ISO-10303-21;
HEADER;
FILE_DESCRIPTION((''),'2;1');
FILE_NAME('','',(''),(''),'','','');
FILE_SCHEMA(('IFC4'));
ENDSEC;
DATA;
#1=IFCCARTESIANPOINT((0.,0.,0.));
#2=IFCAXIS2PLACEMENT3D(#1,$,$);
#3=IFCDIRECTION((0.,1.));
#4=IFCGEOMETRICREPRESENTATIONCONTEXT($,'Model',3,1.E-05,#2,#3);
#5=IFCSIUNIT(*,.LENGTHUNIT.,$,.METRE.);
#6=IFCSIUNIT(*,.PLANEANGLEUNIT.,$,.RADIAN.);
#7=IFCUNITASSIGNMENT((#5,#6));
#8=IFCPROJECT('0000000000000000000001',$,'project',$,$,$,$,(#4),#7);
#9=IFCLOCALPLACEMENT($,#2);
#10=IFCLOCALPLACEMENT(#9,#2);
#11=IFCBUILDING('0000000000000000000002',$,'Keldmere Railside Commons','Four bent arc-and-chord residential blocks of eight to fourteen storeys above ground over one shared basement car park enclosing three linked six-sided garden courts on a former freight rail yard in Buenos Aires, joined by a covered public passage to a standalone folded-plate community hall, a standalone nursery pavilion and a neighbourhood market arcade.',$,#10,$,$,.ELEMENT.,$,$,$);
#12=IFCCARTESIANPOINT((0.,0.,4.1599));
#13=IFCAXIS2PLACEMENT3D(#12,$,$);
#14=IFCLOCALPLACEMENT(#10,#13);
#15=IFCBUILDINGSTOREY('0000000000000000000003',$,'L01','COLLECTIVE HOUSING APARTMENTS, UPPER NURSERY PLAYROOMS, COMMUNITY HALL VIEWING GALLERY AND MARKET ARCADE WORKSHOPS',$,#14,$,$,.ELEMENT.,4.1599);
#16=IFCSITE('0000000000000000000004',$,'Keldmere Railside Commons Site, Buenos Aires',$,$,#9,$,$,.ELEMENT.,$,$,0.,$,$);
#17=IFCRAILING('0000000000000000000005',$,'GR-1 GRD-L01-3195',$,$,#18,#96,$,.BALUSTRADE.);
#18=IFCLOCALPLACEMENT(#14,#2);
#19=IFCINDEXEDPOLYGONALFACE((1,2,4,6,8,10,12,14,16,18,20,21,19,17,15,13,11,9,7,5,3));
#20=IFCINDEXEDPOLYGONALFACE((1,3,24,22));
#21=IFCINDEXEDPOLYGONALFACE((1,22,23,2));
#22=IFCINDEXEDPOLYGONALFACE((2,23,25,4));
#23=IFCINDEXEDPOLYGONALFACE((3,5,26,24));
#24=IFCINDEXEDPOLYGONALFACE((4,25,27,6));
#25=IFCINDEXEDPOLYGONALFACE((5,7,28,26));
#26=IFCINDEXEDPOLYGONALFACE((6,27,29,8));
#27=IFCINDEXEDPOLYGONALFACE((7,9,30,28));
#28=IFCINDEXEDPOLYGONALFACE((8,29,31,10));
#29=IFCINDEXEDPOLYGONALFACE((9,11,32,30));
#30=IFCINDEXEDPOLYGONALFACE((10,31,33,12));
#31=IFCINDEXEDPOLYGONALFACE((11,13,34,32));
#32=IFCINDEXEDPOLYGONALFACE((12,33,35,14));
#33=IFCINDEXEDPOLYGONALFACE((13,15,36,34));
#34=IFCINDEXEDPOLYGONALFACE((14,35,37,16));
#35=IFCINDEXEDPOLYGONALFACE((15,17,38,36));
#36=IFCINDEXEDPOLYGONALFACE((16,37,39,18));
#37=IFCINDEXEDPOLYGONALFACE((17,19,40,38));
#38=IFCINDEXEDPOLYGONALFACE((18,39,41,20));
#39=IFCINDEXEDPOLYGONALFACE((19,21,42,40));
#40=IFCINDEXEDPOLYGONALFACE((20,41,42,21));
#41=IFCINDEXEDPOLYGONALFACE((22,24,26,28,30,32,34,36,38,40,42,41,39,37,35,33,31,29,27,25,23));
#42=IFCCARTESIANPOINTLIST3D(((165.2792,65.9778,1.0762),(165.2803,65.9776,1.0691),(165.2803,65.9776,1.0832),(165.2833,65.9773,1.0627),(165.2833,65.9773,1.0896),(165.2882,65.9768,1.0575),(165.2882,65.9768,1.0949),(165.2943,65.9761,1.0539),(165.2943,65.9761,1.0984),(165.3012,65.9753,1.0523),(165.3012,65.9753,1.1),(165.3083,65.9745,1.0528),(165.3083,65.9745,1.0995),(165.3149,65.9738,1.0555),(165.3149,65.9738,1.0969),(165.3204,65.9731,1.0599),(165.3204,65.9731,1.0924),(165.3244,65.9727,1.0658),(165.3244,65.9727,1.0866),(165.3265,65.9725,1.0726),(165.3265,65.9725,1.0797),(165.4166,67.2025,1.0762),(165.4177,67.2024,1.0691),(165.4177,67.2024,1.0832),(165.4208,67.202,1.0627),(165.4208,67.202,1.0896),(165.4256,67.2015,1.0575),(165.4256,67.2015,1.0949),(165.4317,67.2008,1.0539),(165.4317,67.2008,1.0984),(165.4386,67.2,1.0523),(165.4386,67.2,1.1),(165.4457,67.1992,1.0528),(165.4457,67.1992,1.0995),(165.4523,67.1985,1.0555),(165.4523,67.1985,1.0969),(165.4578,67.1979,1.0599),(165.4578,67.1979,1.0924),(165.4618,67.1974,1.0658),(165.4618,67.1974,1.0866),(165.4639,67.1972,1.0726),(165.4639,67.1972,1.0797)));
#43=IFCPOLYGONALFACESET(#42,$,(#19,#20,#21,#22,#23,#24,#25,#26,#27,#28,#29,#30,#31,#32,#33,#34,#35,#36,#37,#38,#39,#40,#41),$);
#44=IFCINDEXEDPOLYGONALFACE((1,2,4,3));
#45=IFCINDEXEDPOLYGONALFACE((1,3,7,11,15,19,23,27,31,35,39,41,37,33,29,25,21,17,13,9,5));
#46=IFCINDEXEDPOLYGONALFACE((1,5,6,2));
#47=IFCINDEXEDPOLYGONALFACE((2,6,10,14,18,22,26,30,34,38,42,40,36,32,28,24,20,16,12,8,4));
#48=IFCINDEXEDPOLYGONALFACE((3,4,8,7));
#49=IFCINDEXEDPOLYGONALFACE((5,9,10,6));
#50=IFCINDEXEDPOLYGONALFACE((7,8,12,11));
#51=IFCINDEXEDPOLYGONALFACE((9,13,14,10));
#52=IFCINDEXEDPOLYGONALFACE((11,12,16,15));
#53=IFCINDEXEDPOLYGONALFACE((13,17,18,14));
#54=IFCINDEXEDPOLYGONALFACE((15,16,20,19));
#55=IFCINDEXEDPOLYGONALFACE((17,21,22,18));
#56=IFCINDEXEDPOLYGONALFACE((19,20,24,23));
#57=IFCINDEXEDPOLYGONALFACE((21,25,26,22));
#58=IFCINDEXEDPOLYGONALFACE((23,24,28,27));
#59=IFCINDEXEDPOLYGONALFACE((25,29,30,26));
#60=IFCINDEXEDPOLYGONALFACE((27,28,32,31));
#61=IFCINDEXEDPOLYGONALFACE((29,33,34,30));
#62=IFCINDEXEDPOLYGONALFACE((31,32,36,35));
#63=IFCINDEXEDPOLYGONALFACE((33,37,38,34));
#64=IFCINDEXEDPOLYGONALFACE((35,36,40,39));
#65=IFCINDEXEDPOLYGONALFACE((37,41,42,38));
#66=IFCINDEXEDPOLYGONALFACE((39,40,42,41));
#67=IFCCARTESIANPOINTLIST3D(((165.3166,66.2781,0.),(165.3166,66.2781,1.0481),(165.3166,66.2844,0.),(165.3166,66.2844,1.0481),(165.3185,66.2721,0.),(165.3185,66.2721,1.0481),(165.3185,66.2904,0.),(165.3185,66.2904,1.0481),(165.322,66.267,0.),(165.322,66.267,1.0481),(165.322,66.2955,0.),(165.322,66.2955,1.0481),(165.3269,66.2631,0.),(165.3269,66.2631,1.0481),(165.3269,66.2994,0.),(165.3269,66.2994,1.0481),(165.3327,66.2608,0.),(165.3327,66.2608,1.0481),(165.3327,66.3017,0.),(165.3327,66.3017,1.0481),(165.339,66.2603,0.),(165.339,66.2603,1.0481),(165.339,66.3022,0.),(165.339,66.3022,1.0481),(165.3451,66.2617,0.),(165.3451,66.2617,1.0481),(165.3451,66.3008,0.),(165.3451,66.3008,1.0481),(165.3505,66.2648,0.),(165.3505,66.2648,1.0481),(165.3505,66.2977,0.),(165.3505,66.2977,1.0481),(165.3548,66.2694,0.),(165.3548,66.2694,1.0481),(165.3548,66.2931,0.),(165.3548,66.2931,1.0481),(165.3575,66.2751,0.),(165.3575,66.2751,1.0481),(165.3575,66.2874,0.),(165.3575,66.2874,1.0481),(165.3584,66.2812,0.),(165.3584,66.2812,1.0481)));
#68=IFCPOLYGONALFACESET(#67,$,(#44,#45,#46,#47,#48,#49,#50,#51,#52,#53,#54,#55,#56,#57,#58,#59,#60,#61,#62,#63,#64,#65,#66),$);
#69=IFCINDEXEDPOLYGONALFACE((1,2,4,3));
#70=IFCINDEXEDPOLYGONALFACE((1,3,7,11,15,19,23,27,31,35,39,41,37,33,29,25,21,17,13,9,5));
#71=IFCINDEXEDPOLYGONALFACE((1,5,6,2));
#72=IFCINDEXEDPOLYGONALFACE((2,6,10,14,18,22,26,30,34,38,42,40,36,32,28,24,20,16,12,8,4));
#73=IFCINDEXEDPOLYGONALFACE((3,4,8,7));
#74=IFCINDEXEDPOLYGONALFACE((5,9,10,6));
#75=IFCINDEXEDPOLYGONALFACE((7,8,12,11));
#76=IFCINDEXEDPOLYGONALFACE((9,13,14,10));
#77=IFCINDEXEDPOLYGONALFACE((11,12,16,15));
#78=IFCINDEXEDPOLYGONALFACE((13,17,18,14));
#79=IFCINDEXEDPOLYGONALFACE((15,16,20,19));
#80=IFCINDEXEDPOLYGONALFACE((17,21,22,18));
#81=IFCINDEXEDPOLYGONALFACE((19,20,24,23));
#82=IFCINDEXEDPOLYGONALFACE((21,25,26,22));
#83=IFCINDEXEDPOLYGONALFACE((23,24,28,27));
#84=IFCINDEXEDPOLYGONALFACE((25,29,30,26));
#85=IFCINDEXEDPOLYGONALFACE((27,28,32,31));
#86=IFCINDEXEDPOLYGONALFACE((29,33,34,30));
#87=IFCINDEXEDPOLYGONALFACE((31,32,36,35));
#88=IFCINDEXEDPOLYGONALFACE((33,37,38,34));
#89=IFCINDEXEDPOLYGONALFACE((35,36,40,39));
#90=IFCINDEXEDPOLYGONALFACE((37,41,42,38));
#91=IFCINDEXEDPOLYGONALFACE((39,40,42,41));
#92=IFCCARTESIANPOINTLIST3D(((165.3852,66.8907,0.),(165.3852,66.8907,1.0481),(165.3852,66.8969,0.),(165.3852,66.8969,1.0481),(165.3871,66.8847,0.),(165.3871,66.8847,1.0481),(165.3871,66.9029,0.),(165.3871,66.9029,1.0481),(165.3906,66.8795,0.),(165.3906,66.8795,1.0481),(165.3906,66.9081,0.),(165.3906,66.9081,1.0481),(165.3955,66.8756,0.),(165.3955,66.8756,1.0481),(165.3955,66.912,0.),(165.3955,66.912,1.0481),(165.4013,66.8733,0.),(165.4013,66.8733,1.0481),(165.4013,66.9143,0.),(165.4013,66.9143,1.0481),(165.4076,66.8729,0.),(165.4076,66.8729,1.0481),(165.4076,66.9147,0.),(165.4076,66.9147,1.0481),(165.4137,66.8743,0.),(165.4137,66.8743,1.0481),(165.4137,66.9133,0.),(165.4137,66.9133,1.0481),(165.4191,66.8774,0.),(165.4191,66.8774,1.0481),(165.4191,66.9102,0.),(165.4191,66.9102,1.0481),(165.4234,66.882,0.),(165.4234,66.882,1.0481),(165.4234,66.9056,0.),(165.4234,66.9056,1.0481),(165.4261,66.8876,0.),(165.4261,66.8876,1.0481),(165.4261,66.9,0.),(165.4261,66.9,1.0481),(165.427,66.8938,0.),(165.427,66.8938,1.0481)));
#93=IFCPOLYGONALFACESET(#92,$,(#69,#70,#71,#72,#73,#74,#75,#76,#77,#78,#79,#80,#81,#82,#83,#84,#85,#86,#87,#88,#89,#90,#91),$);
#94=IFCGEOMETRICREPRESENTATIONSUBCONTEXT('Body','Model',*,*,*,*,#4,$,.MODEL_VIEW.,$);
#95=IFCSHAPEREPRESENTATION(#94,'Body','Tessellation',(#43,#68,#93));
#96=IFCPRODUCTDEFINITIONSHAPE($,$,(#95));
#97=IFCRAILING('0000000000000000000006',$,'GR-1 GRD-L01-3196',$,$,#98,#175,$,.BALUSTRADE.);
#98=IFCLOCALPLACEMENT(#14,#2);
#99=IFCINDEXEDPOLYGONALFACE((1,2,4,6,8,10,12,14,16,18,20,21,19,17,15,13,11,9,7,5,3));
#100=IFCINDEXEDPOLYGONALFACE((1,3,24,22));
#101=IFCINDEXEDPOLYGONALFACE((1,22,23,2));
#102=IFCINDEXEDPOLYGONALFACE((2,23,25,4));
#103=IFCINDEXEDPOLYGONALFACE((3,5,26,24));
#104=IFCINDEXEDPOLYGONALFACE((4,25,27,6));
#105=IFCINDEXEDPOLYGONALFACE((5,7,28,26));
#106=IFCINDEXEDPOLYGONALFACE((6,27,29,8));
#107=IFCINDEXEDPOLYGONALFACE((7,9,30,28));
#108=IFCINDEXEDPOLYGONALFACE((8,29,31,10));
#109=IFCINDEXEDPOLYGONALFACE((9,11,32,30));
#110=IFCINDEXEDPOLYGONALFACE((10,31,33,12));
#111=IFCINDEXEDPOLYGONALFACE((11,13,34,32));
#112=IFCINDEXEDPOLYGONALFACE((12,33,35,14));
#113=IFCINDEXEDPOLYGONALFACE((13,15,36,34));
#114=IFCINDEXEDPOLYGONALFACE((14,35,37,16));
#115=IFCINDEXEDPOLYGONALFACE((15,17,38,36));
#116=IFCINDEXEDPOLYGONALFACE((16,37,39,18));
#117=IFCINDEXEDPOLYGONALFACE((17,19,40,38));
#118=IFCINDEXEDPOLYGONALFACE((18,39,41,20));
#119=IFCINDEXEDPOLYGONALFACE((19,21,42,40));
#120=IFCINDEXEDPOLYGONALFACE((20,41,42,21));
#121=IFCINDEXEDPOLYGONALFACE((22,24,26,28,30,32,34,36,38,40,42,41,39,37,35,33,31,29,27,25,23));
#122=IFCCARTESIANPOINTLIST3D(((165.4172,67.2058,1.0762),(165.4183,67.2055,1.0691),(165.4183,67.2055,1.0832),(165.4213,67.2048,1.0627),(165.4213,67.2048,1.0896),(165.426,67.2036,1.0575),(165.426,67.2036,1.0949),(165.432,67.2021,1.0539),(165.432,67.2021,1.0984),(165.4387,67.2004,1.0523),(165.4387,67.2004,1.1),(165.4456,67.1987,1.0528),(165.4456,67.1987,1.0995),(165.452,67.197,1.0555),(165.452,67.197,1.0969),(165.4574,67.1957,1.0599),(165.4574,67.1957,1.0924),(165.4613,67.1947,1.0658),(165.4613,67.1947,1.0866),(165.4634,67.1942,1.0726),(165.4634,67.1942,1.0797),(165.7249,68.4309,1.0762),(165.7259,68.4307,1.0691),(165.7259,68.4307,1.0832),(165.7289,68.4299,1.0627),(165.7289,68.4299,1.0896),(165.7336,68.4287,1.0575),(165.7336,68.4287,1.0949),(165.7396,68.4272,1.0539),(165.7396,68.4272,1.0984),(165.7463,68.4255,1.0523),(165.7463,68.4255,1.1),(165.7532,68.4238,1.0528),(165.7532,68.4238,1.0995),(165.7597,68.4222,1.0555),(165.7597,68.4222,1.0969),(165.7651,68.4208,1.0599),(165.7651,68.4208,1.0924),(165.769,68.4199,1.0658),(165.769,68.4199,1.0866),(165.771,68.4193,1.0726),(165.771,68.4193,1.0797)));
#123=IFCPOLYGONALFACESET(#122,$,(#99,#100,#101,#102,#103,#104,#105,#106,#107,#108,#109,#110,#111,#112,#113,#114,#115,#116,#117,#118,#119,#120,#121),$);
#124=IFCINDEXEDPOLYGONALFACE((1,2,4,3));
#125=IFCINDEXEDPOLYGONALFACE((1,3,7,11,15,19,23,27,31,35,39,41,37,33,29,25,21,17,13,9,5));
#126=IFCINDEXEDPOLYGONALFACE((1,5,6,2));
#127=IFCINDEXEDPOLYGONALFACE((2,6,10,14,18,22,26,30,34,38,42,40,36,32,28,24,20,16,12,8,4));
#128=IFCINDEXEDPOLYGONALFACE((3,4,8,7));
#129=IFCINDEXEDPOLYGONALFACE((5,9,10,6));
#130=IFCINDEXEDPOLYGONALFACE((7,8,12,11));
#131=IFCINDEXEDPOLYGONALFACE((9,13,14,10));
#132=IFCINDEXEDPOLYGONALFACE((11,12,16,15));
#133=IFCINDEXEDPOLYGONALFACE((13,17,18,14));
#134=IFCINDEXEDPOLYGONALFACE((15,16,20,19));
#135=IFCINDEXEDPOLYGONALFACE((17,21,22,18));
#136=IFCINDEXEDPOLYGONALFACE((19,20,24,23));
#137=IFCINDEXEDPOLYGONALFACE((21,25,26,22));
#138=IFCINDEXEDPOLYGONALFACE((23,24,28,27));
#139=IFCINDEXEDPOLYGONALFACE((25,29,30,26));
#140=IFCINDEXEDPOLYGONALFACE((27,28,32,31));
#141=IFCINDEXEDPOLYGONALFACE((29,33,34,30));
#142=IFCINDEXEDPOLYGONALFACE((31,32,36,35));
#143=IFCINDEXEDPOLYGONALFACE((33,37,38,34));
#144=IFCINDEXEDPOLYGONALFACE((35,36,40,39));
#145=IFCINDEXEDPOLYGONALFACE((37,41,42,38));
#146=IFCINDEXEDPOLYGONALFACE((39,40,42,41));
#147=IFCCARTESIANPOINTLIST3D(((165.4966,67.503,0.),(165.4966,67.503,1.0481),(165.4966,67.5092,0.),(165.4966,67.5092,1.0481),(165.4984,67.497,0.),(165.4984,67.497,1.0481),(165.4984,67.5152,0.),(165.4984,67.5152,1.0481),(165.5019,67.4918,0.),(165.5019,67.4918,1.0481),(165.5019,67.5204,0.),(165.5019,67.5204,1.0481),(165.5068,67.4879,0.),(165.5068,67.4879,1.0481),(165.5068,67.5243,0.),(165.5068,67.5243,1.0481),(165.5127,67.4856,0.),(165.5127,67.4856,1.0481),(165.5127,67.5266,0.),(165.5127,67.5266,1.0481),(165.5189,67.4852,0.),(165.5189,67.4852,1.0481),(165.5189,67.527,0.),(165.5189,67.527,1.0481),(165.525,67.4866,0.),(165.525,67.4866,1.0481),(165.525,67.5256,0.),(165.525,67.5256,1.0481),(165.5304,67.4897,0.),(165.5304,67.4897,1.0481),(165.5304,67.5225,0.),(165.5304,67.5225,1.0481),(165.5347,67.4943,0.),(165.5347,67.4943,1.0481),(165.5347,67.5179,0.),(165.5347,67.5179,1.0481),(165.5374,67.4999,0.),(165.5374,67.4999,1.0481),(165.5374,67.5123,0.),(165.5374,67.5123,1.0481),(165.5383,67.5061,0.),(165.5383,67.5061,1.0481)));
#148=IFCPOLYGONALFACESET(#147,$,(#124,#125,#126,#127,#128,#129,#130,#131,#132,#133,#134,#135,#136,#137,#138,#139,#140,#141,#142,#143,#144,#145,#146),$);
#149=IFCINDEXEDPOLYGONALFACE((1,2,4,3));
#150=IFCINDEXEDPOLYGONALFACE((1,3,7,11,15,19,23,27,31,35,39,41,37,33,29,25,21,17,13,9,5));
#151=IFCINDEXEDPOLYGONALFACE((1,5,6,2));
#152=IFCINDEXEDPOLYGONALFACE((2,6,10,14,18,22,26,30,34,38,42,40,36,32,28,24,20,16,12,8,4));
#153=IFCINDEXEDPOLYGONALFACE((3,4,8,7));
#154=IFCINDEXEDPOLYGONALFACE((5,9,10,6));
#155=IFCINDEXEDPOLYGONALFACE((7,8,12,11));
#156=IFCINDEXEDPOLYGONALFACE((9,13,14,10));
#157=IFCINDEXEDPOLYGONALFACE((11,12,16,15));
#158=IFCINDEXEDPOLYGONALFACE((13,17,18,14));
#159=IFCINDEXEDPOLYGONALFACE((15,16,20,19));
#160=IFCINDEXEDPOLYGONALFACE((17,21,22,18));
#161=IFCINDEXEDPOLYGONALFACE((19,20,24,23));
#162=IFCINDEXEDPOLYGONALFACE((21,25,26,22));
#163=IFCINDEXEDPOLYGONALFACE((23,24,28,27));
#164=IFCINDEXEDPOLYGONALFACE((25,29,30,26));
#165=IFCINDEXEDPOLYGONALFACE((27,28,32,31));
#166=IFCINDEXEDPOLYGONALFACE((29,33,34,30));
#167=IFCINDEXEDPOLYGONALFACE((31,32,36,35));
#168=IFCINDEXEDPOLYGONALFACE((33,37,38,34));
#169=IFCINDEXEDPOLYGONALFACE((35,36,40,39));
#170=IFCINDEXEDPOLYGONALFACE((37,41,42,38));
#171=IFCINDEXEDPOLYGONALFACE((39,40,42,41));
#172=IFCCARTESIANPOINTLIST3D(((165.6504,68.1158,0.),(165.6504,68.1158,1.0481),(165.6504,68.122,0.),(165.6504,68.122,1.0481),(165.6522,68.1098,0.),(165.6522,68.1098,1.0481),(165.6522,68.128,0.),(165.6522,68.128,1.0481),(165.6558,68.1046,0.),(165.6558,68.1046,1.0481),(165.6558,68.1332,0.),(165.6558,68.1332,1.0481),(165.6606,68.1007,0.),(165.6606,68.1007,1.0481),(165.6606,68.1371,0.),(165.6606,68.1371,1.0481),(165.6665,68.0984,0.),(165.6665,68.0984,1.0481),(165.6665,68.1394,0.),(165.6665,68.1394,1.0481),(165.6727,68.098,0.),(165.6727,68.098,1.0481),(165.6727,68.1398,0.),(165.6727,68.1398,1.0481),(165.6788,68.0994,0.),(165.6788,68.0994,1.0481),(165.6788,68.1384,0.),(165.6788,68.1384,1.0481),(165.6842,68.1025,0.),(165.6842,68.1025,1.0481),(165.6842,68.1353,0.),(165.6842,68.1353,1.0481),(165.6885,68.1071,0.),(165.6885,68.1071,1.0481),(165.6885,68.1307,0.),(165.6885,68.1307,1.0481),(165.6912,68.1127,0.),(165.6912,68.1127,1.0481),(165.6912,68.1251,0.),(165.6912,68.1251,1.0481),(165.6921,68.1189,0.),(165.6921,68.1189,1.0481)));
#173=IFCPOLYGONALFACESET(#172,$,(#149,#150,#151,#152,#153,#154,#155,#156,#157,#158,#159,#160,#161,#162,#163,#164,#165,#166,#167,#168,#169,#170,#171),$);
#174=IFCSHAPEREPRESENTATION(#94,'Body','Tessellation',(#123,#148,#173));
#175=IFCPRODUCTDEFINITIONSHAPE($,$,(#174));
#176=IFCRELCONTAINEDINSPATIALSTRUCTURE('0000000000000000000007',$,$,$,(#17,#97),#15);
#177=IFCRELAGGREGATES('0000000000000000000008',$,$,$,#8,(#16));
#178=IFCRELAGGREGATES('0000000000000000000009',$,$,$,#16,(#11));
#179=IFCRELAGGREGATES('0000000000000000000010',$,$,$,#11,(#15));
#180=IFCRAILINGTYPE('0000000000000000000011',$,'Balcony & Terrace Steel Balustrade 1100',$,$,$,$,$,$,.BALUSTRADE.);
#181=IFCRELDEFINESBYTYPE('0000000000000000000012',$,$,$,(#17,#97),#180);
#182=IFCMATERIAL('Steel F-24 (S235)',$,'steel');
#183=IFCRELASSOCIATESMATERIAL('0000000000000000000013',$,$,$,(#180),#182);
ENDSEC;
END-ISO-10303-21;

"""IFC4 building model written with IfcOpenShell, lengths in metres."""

from ifc_helpers import new_model, si_unit, direction, frame, origin, origin_2d, place, context, subcontext, project, spatial, circle, extrude, material, type_object, element, save


model = new_model("IFC4")

# Units and contexts
model_context = context("Model", 3, precision=1e-05, world=origin(), true_north=direction((0.0, 1.0)))
body_context = subcontext(model_context, "Body", "Model", "MODEL_VIEW")
ifc_project = project(units=[si_unit("LENGTHUNIT", "METRE"), si_unit("PLANEANGLEUNIT", "RADIAN")], contexts=[model_context])

# Site, building, storey
site_placement = place(None, origin())
site = spatial("IfcSite", under=ifc_project, at=site_placement, Name="Keldmere Railside Commons Site, Buenos Aires", CompositionType="ELEMENT", RefElevation=0.0)
building_placement = place(site_placement, origin())
building = spatial("IfcBuilding", under=site, at=building_placement, Name="Keldmere Railside Commons", Description="Four bent arc-and-chord residential blocks of eight to fourteen storeys above ground over one shared basement car park enclosing three linked six-sided garden courts on a former freight rail yard in Buenos Aires, joined by a covered public passage to a standalone folded-plate community hall, a standalone nursery pavilion and a neighbourhood market arcade.", CompositionType="ELEMENT")
storey_placement = place(building_placement, frame((0.0, 0.0, 4.1599)))
storey = spatial("IfcBuildingStorey", under=building, at=storey_placement, Name="L01", Description="COLLECTIVE HOUSING APARTMENTS, UPPER NURSERY PLAYROOMS, COMMUNITY HALL VIEWING GALLERY AND MARKET ARCADE WORKSHOPS", CompositionType="ELEMENT", Elevation=4.1599)

# Shared definitions
ifc_material_1 = material(Name="Steel F-24 (S235)", Category="steel")

# Railings
railing_type = type_object("IfcRailingType", Name="Balcony & Terrace Steel Balustrade 1100", PredefinedType="BALUSTRADE", material=ifc_material_1)
railing_1_placement = place(storey_placement, frame((165.303, 65.9751, 0.0)))
element("IfcRailing", 1, at=railing_1_placement, inside=storey, type_object=railing_type, Name="GR-1 GRD-L01-3195", PredefinedType="BALUSTRADE", context=body_context, shape_type="SweptSolid", body=[
    extrude(circle(Radius=0.0239, at=origin_2d()), frame((0.0, 0.0, 1.0762), z_axis=(0.111518, 0.993762, 0.0), x_axis=(-0.993762, 0.111518, 0.0)), (0.0, 0.0, 1.0), 1.2324),
    extrude(circle(Radius=0.021, at=origin_2d()), frame((0.0344, 0.3062, 0.0)), (0.0, 0.0, 1.0), 1.0481),
    extrude(circle(Radius=0.021, at=origin_2d()), frame((0.103, 0.9187, 0.0)), (0.0, 0.0, 1.0), 1.0481),
])
railing_2_placement = place(storey_placement, frame((165.4404, 67.2, 0.0)))
element("IfcRailing", 2, at=railing_2_placement, inside=storey, type_object=railing_type, Name="GR-1 GRD-L01-3196", PredefinedType="BALUSTRADE", context=body_context, shape_type="SweptSolid", body=[
    extrude(circle(Radius=0.0239, at=origin_2d()), frame((0.0, 0.0, 1.0762), z_axis=(0.243536, 0.969892, 0.0), x_axis=(-0.969892, 0.243536, 0.0)), (0.0, 0.0, 1.0), 1.2632),
    extrude(circle(Radius=0.021, at=origin_2d()), frame((0.0769, 0.3062, 0.0)), (0.0, 0.0, 1.0), 1.0481),
    extrude(circle(Radius=0.021, at=origin_2d()), frame((0.2307, 0.9189, 0.0)), (0.0, 0.0, 1.0), 1.0481),
])

save(model, "model.ifc")
